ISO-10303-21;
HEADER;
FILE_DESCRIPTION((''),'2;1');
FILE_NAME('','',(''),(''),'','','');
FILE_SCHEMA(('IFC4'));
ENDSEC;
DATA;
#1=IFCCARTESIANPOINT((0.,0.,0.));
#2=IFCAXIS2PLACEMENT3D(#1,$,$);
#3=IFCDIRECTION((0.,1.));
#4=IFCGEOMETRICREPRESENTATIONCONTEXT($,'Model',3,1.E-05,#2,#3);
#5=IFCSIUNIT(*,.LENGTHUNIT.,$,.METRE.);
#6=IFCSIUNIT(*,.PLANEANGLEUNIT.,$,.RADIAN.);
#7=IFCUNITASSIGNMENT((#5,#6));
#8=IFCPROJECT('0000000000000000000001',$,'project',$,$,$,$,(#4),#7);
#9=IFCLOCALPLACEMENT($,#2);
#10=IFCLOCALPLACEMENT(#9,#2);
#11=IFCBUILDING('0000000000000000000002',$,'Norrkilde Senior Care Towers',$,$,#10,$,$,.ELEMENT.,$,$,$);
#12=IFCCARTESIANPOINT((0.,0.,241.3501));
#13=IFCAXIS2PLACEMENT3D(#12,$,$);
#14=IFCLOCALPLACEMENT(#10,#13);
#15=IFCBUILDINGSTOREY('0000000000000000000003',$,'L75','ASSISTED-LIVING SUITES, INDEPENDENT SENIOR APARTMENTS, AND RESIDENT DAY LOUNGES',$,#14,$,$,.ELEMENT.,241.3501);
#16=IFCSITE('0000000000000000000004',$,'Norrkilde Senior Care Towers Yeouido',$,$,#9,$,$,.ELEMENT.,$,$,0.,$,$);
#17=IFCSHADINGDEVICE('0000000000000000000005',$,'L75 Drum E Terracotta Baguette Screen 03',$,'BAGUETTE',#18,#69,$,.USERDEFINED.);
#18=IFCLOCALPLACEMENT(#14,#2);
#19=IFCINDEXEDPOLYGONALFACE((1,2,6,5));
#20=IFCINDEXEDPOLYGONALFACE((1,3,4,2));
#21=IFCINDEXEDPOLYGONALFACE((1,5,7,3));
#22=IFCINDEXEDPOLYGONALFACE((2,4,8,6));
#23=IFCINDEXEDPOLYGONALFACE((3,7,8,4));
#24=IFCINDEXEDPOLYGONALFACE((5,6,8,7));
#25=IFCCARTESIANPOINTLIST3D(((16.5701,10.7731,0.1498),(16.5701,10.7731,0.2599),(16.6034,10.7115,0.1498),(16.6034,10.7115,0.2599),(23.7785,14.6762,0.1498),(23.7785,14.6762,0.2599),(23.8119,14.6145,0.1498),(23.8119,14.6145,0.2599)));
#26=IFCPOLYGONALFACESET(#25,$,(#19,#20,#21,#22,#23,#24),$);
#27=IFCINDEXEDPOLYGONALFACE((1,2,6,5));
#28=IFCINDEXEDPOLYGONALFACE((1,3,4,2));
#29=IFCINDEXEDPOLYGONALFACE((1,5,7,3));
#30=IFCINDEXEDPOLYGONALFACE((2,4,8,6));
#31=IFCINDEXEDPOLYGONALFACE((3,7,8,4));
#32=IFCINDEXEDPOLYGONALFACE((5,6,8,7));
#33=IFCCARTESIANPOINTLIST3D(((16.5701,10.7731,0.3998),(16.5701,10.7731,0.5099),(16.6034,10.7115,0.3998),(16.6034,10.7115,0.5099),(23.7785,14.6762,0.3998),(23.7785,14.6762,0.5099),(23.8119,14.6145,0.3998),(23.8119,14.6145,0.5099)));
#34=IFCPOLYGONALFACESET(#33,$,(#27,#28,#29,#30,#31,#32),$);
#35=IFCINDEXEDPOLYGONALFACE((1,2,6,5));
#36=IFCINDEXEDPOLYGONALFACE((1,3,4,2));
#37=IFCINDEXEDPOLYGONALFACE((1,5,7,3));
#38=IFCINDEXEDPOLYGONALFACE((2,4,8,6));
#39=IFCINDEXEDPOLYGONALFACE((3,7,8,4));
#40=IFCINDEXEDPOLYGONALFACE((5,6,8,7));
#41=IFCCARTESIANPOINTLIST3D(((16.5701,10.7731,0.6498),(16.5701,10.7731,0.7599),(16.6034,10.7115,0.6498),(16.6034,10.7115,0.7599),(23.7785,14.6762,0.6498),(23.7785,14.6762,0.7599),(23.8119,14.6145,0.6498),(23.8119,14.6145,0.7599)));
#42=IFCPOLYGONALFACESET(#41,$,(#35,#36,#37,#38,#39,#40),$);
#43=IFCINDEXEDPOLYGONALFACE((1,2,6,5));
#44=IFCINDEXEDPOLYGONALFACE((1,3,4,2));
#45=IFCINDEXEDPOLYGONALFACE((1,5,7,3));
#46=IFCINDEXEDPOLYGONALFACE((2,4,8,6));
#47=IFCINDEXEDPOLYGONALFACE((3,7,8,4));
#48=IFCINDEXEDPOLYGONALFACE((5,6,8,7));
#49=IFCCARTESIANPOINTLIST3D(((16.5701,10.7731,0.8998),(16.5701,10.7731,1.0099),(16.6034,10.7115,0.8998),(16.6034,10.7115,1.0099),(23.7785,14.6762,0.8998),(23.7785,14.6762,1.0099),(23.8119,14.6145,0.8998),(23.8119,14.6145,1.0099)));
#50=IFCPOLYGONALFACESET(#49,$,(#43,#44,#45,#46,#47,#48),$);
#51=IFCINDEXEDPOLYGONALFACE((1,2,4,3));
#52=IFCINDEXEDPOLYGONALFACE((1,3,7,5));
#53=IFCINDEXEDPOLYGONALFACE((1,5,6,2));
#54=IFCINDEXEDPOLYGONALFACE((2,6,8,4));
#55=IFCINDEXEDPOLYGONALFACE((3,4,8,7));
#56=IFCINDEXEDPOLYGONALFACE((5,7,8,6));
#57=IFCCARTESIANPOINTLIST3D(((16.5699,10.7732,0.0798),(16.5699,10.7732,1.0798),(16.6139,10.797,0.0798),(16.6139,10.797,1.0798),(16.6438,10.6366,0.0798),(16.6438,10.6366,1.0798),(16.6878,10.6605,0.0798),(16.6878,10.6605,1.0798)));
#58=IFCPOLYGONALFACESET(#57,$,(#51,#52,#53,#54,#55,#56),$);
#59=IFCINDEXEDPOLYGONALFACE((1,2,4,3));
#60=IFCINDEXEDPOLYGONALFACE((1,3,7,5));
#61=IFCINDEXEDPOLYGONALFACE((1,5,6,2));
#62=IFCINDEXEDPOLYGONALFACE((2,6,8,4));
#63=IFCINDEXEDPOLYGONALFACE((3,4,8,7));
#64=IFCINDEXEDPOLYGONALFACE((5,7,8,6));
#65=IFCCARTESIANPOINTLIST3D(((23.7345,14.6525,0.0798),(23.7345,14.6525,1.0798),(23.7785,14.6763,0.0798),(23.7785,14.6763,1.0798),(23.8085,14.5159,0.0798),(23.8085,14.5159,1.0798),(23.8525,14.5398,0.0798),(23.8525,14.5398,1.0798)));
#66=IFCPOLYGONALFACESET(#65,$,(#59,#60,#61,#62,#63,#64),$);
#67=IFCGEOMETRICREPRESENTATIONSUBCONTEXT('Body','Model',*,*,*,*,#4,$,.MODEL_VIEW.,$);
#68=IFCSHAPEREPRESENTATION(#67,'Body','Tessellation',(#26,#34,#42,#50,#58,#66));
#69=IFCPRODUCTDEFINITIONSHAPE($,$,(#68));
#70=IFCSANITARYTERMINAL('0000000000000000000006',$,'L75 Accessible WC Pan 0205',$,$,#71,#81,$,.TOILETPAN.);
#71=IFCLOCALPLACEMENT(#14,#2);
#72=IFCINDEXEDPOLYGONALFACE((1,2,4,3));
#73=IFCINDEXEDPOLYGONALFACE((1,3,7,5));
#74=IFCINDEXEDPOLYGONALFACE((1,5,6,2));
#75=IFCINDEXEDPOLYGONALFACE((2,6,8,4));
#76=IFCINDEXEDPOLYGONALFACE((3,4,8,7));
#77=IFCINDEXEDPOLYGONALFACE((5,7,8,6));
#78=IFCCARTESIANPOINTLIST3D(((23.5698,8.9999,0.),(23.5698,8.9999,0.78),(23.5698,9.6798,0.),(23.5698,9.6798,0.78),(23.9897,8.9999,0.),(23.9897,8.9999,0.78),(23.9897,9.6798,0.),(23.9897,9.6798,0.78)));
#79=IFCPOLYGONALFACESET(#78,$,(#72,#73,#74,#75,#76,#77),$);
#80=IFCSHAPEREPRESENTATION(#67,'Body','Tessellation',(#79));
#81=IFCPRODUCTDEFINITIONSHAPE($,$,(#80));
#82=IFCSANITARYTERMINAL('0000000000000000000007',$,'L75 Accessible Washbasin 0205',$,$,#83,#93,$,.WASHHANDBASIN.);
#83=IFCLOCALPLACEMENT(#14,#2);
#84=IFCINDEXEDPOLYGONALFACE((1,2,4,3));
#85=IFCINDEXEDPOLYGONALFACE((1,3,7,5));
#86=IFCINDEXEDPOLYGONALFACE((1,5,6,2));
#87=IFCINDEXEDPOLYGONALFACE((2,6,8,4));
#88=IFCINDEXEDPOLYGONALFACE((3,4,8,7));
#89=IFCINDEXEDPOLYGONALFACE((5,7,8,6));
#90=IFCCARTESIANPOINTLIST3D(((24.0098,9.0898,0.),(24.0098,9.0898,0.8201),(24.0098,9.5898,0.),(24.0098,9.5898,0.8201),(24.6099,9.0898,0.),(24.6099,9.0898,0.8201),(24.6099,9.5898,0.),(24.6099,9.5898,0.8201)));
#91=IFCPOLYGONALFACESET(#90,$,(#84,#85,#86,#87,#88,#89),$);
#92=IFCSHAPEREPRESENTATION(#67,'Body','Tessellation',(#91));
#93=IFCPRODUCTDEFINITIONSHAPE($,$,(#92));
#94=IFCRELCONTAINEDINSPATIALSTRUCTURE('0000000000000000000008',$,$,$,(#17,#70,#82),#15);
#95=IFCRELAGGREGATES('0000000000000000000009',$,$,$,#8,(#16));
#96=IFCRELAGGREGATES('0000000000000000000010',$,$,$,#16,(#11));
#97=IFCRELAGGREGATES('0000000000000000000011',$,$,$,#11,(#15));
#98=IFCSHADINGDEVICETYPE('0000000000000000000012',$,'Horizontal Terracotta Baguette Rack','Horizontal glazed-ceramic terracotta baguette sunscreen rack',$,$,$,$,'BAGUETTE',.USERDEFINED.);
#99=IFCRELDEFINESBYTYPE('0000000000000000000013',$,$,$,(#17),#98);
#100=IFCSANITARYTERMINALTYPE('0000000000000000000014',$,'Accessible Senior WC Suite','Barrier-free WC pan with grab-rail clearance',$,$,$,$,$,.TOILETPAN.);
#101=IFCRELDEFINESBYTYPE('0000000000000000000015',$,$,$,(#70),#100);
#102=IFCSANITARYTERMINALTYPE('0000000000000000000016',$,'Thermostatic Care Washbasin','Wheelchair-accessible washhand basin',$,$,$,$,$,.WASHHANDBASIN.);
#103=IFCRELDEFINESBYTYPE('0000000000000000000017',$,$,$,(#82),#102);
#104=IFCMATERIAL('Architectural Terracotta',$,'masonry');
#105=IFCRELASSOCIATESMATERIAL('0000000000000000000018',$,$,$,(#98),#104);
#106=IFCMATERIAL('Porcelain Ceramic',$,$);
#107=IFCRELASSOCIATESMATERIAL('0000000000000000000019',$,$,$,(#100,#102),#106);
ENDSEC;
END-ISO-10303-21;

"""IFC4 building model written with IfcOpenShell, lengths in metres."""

from ifc_helpers import new_model, si_unit, direction, frame, origin, origin_2d, place, context, subcontext, project, spatial, rectangle, extrude, source, transform, mapped, material, type_object, type_shapes, element, save


model = new_model("IFC4")

# Units and contexts
model_context = context("Model", 3, precision=1e-05, world=origin(), true_north=direction((0.0, 1.0)))
body_context = subcontext(model_context, "Body", "Model", "MODEL_VIEW")
ifc_project = project(units=[si_unit("LENGTHUNIT", "METRE"), si_unit("PLANEANGLEUNIT", "RADIAN")], contexts=[model_context])

# Site, building, storey
site_placement = place(None, origin())
site = spatial("IfcSite", under=ifc_project, at=site_placement, Name="Norrkilde Senior Care Towers Yeouido", CompositionType="ELEMENT", RefElevation=0.0)
building_placement = place(site_placement, origin())
building = spatial("IfcBuilding", under=site, at=building_placement, Name="Norrkilde Senior Care Towers", CompositionType="ELEMENT")
storey_placement = place(building_placement, frame((0.0, 0.0, 241.3501)))
storey = spatial("IfcBuildingStorey", under=building, at=storey_placement, Name="L75", Description="ASSISTED-LIVING SUITES, INDEPENDENT SENIOR APARTMENTS, AND RESIDENT DAY LOUNGES", CompositionType="ELEMENT", Elevation=241.3501)

# Shading device
ifc_material_1 = material(Name="Architectural Terracotta", Category="masonry")
shading_device_type = type_object("IfcShadingDeviceType", Name="Horizontal Terracotta Baguette Rack", Description="Horizontal glazed-ceramic terracotta baguette sunscreen rack", ElementType="BAGUETTE", PredefinedType="USERDEFINED", material=ifc_material_1)
shared_shape_1 = source(origin(), body_context, "Body", "SweptSolid", [
    extrude(rectangle(XDim=0.0701, YDim=0.1101, at=origin_2d()), frame((0.0, 0.0901, 0.125), z_axis=(1.0, 0.0, 0.0), x_axis=(0.0, 1.0, 0.0)), (0.0, 0.0, 1.0), 8.1973),
    extrude(rectangle(XDim=0.0701, YDim=0.1101, at=origin_2d()), frame((0.0, 0.0901, 0.375), z_axis=(1.0, 0.0, 0.0), x_axis=(0.0, 1.0, 0.0)), (0.0, 0.0, 1.0), 8.1973),
    extrude(rectangle(XDim=0.0701, YDim=0.1101, at=origin_2d()), frame((0.0, 0.0901, 0.625), z_axis=(1.0, 0.0, 0.0), x_axis=(0.0, 1.0, 0.0)), (0.0, 0.0, 1.0), 8.1973),
    extrude(rectangle(XDim=0.0701, YDim=0.1101, at=origin_2d()), frame((0.0, 0.0901, 0.875), z_axis=(1.0, 0.0, 0.0), x_axis=(0.0, 1.0, 0.0)), (0.0, 0.0, 1.0), 8.1973),
    extrude(rectangle(XDim=0.05, YDim=0.1553, at=origin_2d()), frame((0.0249, 0.0476, 0.0)), (0.0, 0.0, 1.0), 1.0),
    extrude(rectangle(XDim=0.05, YDim=0.1553, at=origin_2d()), frame((8.1724, 0.0476, 0.0)), (0.0, 0.0, 1.0), 1.0),
])
type_shapes(shading_device_type, [shared_shape_1])
shading_device_placement = place(storey_placement, frame((16.6296, 10.6631, 0.0798), z_axis=(0.0, 0.0, 1.0), x_axis=(0.879378, 0.476144, 0.0)))
element("IfcShadingDevice", 1, at=shading_device_placement, inside=storey, type_object=shading_device_type, Name="L75 Drum E Terracotta Baguette Screen 03", ObjectType="BAGUETTE", PredefinedType="USERDEFINED", context=body_context, shape_type="MappedRepresentation", body=[
    mapped(shared_shape_1, transform((0.0, 0.0, 0.0), x_axis=(1.0, 0.0, 0.0), y_axis=(0.0, 1.0, 0.0), z_axis=(0.0, 0.0, 1.0), scale=1.0)),
])

# Sanitary terminals
ifc_material_2 = material(Name="Porcelain Ceramic")
sanitary_terminal_type_1 = type_object("IfcSanitaryTerminalType", Name="Accessible Senior WC Suite", Description="Barrier-free WC pan with grab-rail clearance", PredefinedType="TOILETPAN", material=ifc_material_2)
shared_shape_2 = source(origin(), body_context, "Body", "SweptSolid", [
    extrude(rectangle(XDim=0.4199, YDim=0.6799, at=origin_2d()), origin(), (0.0, 0.0, 1.0), 0.78),
])
type_shapes(sanitary_terminal_type_1, [shared_shape_2])
sanitary_terminal_1_placement = place(storey_placement, frame((23.7798, 9.3398, 0.0), z_axis=(0.0, 0.0, 1.0), x_axis=(1.0, 0.0, 0.0)))
element("IfcSanitaryTerminal", 2, at=sanitary_terminal_1_placement, inside=storey, type_object=sanitary_terminal_type_1, Name="L75 Accessible WC Pan 0205", PredefinedType="TOILETPAN", context=body_context, shape_type="MappedRepresentation", body=[
    mapped(shared_shape_2, transform((0.0, 0.0, 0.0), x_axis=(1.0, 0.0, 0.0), y_axis=(0.0, 1.0, 0.0), z_axis=(0.0, 0.0, 1.0), scale=1.0)),
])
sanitary_terminal_type_2 = type_object("IfcSanitaryTerminalType", Name="Thermostatic Care Washbasin", Description="Wheelchair-accessible washhand basin", PredefinedType="WASHHANDBASIN", material=ifc_material_2)
shared_shape_3 = source(origin(), body_context, "Body", "SweptSolid", [
    extrude(rectangle(XDim=0.6001, YDim=0.5, at=origin_2d()), origin(), (0.0, 0.0, 1.0), 0.8201),
])
type_shapes(sanitary_terminal_type_2, [shared_shape_3])
sanitary_terminal_2_placement = place(storey_placement, frame((24.3098, 9.3398, 0.0), z_axis=(0.0, 0.0, 1.0), x_axis=(1.0, 0.0, 0.0)))
element("IfcSanitaryTerminal", 3, at=sanitary_terminal_2_placement, inside=storey, type_object=sanitary_terminal_type_2, Name="L75 Accessible Washbasin 0205", PredefinedType="WASHHANDBASIN", context=body_context, shape_type="MappedRepresentation", body=[
    mapped(shared_shape_3, transform((0.0, 0.0, 0.0), x_axis=(1.0, 0.0, 0.0), y_axis=(0.0, 1.0, 0.0), z_axis=(0.0, 0.0, 1.0), scale=1.0)),
])

save(model, "model.ifc")
